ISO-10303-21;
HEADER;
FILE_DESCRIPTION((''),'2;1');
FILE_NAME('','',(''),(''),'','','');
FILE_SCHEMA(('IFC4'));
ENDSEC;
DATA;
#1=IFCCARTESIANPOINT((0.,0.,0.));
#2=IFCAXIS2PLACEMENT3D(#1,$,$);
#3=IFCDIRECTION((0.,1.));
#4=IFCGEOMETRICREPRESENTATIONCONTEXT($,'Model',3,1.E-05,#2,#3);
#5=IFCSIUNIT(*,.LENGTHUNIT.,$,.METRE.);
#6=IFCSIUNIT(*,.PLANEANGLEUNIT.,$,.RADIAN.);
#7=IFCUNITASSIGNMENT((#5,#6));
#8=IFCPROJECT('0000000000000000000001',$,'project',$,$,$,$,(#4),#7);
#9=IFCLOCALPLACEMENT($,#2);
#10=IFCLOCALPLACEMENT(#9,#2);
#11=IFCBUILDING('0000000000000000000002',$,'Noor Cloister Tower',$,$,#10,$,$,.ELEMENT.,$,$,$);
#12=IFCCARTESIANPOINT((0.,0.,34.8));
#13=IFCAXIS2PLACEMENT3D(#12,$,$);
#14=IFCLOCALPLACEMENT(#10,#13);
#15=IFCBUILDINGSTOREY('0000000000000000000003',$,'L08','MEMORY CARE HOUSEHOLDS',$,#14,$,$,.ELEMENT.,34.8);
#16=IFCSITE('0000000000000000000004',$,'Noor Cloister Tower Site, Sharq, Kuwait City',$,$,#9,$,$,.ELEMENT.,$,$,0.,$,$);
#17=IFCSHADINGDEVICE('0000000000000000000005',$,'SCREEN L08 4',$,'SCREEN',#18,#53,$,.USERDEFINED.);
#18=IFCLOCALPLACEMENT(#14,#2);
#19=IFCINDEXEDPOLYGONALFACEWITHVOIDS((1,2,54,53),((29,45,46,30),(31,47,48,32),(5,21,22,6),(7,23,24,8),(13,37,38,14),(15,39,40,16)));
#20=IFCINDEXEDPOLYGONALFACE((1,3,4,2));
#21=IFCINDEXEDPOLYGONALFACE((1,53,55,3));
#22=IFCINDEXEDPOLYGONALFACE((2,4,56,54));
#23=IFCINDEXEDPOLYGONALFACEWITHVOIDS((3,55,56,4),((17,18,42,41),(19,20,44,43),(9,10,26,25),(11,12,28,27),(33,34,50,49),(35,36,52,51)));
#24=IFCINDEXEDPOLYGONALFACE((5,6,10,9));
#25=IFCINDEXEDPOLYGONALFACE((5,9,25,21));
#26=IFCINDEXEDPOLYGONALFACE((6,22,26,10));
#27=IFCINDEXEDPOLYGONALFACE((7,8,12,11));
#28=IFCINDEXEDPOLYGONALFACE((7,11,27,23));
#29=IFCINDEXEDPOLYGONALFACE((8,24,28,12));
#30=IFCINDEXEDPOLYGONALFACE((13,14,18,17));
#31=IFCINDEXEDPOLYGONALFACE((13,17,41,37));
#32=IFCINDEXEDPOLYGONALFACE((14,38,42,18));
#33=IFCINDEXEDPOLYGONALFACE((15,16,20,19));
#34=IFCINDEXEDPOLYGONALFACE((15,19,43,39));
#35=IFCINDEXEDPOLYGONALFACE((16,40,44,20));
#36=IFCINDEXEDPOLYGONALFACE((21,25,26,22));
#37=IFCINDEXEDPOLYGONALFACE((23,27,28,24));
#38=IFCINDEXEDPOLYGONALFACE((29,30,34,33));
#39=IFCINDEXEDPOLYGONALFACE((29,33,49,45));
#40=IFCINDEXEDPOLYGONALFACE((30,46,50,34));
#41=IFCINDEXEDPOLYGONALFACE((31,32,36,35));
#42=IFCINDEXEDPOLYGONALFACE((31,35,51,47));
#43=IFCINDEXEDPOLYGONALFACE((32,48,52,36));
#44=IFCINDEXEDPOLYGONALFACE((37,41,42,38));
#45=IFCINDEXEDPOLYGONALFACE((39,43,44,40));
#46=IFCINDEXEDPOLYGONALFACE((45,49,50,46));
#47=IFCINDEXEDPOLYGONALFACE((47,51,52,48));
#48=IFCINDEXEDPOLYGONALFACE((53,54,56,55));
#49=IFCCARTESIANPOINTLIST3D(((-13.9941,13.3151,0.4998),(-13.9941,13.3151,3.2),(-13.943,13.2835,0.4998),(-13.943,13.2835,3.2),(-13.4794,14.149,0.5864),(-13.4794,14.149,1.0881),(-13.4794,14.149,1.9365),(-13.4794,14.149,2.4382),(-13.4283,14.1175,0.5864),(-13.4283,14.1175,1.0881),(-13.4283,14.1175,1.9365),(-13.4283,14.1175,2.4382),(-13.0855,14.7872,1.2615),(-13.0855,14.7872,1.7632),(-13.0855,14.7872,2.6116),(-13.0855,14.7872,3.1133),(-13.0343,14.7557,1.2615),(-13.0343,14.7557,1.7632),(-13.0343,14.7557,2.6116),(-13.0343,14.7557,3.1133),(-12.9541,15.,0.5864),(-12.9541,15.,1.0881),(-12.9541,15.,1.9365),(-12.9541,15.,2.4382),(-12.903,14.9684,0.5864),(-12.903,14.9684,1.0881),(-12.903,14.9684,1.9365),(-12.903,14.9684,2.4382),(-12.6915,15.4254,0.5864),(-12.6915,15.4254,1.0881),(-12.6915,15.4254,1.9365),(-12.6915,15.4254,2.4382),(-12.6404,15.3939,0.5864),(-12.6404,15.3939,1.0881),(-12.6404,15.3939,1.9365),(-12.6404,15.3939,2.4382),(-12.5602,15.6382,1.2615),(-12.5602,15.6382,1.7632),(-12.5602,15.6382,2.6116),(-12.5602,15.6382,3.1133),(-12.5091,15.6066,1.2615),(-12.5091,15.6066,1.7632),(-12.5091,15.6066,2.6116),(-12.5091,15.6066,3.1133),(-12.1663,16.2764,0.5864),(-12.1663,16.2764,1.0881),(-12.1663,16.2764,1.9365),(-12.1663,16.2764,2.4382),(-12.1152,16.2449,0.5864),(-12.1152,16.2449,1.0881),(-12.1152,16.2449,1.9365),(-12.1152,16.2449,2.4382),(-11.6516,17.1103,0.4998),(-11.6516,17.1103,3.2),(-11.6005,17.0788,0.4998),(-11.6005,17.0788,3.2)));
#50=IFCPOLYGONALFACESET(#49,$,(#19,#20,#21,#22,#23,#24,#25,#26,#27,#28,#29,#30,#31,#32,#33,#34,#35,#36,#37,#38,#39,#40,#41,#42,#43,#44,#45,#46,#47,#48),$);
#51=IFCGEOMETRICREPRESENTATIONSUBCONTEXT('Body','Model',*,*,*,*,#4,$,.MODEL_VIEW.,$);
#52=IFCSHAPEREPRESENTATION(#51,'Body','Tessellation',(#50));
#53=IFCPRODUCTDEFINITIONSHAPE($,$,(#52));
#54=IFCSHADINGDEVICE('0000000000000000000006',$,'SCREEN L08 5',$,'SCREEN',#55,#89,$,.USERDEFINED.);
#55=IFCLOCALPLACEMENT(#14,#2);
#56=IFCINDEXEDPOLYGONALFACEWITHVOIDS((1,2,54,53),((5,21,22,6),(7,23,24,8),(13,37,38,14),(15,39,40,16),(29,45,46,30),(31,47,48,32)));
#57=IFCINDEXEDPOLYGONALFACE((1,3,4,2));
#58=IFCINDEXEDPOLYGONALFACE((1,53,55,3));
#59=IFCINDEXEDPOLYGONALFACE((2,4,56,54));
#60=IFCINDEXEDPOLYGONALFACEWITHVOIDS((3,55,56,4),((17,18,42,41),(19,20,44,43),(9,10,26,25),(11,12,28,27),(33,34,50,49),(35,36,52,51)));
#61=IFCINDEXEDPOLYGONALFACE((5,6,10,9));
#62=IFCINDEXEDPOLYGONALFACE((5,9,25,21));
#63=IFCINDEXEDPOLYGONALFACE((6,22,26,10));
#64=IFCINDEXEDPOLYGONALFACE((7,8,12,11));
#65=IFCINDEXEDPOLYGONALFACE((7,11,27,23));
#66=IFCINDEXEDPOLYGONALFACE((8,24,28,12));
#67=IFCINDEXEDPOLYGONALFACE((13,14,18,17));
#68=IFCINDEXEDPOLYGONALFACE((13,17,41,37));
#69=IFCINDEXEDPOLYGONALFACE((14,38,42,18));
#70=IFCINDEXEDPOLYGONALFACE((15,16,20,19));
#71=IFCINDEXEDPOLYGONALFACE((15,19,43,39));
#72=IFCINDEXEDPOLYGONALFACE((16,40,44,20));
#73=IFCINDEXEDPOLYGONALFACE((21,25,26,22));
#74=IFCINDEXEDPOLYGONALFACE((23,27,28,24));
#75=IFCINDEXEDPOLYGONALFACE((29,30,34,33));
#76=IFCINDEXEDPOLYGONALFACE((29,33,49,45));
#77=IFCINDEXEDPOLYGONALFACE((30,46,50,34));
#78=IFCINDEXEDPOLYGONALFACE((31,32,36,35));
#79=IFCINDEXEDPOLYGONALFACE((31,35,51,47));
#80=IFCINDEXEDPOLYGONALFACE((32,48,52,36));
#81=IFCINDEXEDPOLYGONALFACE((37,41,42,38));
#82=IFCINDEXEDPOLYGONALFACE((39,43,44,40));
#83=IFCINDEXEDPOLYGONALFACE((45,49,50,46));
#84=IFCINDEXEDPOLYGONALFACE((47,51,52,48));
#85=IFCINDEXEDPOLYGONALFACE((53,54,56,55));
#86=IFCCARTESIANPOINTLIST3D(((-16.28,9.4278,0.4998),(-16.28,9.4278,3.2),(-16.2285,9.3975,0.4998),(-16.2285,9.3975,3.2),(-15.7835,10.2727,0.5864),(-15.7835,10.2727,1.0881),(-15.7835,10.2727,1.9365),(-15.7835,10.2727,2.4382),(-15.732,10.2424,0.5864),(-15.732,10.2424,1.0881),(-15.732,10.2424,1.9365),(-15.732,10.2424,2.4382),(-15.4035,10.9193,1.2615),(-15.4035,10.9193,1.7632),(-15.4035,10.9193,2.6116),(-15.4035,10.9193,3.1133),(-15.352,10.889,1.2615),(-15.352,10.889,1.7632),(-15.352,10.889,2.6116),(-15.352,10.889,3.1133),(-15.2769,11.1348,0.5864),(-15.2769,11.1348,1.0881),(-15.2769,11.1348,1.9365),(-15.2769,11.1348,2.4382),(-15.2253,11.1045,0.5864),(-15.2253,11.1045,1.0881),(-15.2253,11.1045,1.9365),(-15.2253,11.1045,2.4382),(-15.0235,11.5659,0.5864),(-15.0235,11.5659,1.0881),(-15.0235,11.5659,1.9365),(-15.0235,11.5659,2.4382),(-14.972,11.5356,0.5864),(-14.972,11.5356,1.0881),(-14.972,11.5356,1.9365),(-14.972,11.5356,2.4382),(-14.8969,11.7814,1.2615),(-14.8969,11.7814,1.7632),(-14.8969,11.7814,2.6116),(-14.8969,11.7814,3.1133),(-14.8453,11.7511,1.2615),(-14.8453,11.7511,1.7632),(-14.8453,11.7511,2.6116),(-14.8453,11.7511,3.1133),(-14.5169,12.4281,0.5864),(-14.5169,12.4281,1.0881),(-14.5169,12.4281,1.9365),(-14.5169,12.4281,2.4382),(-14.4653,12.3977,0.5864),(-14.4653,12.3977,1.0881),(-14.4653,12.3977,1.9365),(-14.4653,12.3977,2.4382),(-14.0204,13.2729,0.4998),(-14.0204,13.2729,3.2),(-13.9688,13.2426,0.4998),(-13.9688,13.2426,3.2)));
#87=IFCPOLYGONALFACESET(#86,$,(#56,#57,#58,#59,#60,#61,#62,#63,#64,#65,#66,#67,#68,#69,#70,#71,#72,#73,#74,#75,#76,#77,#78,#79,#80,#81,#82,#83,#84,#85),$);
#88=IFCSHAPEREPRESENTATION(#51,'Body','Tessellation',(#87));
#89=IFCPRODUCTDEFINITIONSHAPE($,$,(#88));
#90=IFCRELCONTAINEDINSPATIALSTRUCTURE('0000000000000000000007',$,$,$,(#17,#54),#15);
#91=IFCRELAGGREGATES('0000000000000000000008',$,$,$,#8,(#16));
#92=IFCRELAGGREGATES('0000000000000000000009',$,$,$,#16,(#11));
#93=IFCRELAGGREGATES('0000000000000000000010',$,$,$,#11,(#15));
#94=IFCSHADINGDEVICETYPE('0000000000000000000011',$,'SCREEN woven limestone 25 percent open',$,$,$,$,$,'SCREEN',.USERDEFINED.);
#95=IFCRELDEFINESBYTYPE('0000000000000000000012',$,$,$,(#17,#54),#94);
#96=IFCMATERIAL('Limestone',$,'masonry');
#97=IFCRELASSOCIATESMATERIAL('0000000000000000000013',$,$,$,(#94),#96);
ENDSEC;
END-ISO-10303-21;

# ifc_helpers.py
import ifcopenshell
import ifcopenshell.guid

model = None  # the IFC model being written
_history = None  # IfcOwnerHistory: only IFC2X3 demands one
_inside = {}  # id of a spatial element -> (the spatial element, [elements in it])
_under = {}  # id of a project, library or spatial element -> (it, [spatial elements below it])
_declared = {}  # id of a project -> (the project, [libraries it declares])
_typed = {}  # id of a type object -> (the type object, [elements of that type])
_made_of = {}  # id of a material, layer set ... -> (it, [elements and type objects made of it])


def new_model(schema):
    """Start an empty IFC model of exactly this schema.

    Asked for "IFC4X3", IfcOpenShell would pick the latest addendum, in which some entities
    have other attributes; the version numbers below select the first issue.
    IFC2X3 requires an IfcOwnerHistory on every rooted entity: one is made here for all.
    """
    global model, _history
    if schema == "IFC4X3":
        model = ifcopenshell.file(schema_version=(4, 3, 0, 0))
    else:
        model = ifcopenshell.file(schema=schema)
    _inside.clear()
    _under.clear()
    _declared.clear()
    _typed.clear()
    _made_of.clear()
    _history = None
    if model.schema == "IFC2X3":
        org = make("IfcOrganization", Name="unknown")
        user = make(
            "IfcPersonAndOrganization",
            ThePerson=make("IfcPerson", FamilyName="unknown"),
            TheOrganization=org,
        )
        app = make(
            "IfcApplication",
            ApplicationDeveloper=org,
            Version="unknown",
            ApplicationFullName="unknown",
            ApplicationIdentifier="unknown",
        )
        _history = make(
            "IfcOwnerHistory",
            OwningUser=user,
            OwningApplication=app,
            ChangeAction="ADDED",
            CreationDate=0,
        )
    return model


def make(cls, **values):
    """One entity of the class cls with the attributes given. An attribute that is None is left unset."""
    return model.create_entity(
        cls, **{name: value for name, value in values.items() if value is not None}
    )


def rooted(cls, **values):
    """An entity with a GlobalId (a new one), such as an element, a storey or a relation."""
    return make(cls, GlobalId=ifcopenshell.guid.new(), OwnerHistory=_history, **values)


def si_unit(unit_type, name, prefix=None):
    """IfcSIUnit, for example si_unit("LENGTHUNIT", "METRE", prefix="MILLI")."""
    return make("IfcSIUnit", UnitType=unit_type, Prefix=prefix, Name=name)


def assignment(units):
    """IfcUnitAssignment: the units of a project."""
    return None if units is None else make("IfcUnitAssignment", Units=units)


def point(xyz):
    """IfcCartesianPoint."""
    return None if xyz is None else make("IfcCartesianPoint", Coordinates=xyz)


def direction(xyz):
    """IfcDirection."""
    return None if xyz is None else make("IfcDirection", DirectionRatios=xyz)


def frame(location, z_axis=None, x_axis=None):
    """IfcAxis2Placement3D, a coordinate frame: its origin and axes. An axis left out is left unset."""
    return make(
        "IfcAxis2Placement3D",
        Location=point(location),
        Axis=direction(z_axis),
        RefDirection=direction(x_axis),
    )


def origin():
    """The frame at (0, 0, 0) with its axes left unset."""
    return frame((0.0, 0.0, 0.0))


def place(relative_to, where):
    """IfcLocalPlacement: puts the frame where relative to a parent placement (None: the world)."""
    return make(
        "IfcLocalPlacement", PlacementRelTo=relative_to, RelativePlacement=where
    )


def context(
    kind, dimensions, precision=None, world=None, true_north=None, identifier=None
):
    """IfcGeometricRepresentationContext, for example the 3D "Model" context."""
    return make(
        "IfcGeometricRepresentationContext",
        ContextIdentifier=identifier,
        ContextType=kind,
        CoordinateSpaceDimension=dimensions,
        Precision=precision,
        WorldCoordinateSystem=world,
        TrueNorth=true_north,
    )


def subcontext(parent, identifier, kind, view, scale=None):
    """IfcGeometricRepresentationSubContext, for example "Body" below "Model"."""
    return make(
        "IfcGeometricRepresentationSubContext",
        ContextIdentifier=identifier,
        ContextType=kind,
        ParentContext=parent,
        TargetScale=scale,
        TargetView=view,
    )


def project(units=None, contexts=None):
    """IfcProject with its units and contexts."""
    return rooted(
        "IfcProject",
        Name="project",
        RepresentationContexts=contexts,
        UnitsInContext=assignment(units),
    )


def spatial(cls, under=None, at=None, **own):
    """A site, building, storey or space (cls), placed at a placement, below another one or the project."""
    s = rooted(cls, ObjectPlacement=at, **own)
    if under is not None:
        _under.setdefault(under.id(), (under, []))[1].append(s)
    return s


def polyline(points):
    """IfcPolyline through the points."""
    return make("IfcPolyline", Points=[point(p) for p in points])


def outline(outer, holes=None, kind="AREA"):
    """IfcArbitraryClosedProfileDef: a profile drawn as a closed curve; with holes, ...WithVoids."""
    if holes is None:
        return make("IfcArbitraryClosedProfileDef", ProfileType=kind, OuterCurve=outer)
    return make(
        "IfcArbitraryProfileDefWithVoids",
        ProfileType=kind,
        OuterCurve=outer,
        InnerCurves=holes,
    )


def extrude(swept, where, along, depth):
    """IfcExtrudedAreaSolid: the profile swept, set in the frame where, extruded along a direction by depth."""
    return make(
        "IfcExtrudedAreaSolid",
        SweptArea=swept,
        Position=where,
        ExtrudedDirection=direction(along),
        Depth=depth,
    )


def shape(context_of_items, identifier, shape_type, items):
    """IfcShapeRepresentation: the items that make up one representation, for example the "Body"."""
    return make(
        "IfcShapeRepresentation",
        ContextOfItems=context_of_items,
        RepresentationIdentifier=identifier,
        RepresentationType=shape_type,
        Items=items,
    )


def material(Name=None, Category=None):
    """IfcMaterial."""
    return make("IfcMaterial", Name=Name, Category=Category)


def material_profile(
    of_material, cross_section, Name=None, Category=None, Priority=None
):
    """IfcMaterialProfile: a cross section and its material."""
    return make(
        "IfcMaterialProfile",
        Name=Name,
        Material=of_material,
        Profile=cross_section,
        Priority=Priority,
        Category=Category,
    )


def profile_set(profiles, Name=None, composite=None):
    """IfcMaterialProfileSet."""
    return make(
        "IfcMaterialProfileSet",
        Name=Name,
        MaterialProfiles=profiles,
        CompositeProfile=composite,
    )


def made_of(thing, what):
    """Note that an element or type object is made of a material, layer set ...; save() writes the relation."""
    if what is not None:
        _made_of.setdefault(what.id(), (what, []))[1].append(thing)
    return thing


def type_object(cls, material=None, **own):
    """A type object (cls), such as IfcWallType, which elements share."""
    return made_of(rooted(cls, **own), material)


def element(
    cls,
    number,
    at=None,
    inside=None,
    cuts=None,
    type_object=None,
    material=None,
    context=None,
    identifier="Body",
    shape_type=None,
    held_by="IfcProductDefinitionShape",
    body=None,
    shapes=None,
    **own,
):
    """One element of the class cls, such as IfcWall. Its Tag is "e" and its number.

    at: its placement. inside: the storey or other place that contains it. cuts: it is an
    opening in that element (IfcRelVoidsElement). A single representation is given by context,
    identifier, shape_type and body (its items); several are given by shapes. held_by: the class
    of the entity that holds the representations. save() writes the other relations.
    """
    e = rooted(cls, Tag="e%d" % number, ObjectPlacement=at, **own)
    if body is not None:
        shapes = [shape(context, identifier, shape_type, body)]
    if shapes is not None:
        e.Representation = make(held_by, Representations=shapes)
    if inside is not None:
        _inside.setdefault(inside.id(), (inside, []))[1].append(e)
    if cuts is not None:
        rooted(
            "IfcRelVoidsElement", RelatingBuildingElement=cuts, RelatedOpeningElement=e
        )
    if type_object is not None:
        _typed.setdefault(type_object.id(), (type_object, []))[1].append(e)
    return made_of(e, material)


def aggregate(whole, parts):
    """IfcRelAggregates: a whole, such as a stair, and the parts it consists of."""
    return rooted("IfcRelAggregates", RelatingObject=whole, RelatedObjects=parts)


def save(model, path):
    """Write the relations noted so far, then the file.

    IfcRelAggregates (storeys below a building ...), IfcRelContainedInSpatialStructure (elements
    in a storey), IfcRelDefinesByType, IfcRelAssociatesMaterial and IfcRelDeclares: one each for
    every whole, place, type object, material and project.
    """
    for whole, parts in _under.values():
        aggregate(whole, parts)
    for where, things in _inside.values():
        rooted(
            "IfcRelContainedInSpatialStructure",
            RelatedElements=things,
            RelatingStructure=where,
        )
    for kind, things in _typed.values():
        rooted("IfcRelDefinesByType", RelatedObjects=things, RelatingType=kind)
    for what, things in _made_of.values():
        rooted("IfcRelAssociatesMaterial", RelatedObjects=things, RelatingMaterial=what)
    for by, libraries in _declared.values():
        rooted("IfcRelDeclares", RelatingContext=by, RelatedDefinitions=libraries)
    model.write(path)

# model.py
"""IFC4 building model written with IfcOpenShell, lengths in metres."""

from ifc_helpers import new_model, si_unit, direction, frame, origin, place, context, subcontext, project, spatial, polyline, outline, extrude, material, material_profile, profile_set, type_object, element, save


model = new_model("IFC4")

# Units and contexts
model_context = context("Model", 3, precision=1e-05, world=origin(), true_north=direction((0.0, 1.0)))
body_context = subcontext(model_context, "Body", "Model", "MODEL_VIEW")
ifc_project = project(units=[si_unit("LENGTHUNIT", "METRE"), si_unit("PLANEANGLEUNIT", "RADIAN")], contexts=[model_context])

# Site, building, storey
site_placement = place(None, origin())
site = spatial("IfcSite", under=ifc_project, at=site_placement, Name="Noor Cloister Tower Site, Sharq, Kuwait City", CompositionType="ELEMENT", RefElevation=0.0)
building_placement = place(site_placement, origin())
building = spatial("IfcBuilding", under=site, at=building_placement, Name="Noor Cloister Tower", CompositionType="ELEMENT")
storey_placement = place(building_placement, frame((0.0, 0.0, 34.8)))
storey = spatial("IfcBuildingStorey", under=building, at=storey_placement, Name="L08", Description="MEMORY CARE HOUSEHOLDS", CompositionType="ELEMENT", Elevation=34.8)

# Shading devices
ifc_material_1 = material(Name="Limestone", Category="masonry")
ifc_material_profile_1 = material_profile(ifc_material_1, outline(polyline([(-2.23, -1.3501), (2.23, -1.3501), (2.23, 1.3501), (-2.23, 1.3501), (-2.23, -1.3501)]), holes=[polyline([(-1.25, -1.2634), (-0.25, -1.2634), (-0.25, -0.7617), (-1.25, -0.7617), (-1.25, -1.2634)]), polyline([(0.25, -1.2634), (1.25, -1.2634), (1.25, -0.7617), (0.25, -0.7617), (0.25, -1.2634)]), polyline([(-0.5, -0.5884), (0.5, -0.5884), (0.5, -0.0867), (-0.5, -0.0867), (-0.5, -0.5884)]), polyline([(-1.25, 0.0867), (-0.25, 0.0867), (-0.25, 0.5884), (-1.25, 0.5884), (-1.25, 0.0867)]), polyline([(0.25, 0.0867), (1.25, 0.0867), (1.25, 0.5884), (0.25, 0.5884), (0.25, 0.0867)]), polyline([(-0.5, 0.7617), (0.5, 0.7617), (0.5, 1.2634), (-0.5, 1.2634), (-0.5, 0.7617)])]), Name="Woven screen 25 percent open")
ifc_profile_set_1 = profile_set([ifc_material_profile_1], Name="Limestone")
shading_device_type = type_object("IfcShadingDeviceType", Name="SCREEN woven limestone 25 percent open", ElementType="SCREEN", PredefinedType="USERDEFINED", material=ifc_profile_set_1)
shading_device_1_placement = place(storey_placement, frame((-12.7717, 15.1812, 1.8499), z_axis=(-0.850959, 0.525233, 0.0), x_axis=(-0.525233, -0.850959, 0.0)))
element("IfcShadingDevice", 1, at=shading_device_1_placement, inside=storey, type_object=shading_device_type, Name="SCREEN L08 4", ObjectType="SCREEN", PredefinedType="USERDEFINED", context=body_context, shape_type="SweptSolid", body=[
    extrude(outline(polyline([(-2.23, -1.3501), (2.23, -1.3501), (2.23, 1.3501), (-2.23, 1.3501), (-2.23, -1.3501)]), holes=[polyline([(-1.25, -1.2634), (-0.25, -1.2634), (-0.25, -0.7617), (-1.25, -0.7617), (-1.25, -1.2634)]), polyline([(0.25, -1.2634), (1.25, -1.2634), (1.25, -0.7617), (0.25, -0.7617), (0.25, -1.2634)]), polyline([(-0.5, -0.5884), (0.5, -0.5884), (0.5, -0.0867), (-0.5, -0.0867), (-0.5, -0.5884)]), polyline([(-1.25, 0.0867), (-0.25, 0.0867), (-0.25, 0.5884), (-1.25, 0.5884), (-1.25, 0.0867)]), polyline([(0.25, 0.0867), (1.25, 0.0867), (1.25, 0.5884), (0.25, 0.5884), (0.25, 0.0867)]), polyline([(-0.5, 0.7617), (0.5, 0.7617), (0.5, 1.2634), (-0.5, 1.2634), (-0.5, 0.7617)])]), origin(), (0.0, 0.0, 1.0), 0.0601),
])
shading_device_2_placement = place(storey_placement, frame((-15.0986, 11.3201, 1.8499), z_axis=(-0.862144, 0.506663, 0.0), x_axis=(-0.506663, -0.862144, 0.0)))
element("IfcShadingDevice", 2, at=shading_device_2_placement, inside=storey, type_object=shading_device_type, Name="SCREEN L08 5", ObjectType="SCREEN", PredefinedType="USERDEFINED", context=body_context, shape_type="SweptSolid", body=[
    extrude(outline(polyline([(-2.23, -1.3501), (2.23, -1.3501), (2.23, 1.3501), (-2.23, 1.3501), (-2.23, -1.3501)]), holes=[polyline([(-1.25, -1.2634), (-0.25, -1.2634), (-0.25, -0.7617), (-1.25, -0.7617), (-1.25, -1.2634)]), polyline([(0.25, -1.2634), (1.25, -1.2634), (1.25, -0.7617), (0.25, -0.7617), (0.25, -1.2634)]), polyline([(-0.5, -0.5884), (0.5, -0.5884), (0.5, -0.0867), (-0.5, -0.0867), (-0.5, -0.5884)]), polyline([(-1.25, 0.0867), (-0.25, 0.0867), (-0.25, 0.5884), (-1.25, 0.5884), (-1.25, 0.0867)]), polyline([(0.25, 0.0867), (1.25, 0.0867), (1.25, 0.5884), (0.25, 0.5884), (0.25, 0.0867)]), polyline([(-0.5, 0.7617), (0.5, 0.7617), (0.5, 1.2634), (-0.5, 1.2634), (-0.5, 0.7617)])]), origin(), (0.0, 0.0, 1.0), 0.0598),
])

save(model, "model.ifc")
